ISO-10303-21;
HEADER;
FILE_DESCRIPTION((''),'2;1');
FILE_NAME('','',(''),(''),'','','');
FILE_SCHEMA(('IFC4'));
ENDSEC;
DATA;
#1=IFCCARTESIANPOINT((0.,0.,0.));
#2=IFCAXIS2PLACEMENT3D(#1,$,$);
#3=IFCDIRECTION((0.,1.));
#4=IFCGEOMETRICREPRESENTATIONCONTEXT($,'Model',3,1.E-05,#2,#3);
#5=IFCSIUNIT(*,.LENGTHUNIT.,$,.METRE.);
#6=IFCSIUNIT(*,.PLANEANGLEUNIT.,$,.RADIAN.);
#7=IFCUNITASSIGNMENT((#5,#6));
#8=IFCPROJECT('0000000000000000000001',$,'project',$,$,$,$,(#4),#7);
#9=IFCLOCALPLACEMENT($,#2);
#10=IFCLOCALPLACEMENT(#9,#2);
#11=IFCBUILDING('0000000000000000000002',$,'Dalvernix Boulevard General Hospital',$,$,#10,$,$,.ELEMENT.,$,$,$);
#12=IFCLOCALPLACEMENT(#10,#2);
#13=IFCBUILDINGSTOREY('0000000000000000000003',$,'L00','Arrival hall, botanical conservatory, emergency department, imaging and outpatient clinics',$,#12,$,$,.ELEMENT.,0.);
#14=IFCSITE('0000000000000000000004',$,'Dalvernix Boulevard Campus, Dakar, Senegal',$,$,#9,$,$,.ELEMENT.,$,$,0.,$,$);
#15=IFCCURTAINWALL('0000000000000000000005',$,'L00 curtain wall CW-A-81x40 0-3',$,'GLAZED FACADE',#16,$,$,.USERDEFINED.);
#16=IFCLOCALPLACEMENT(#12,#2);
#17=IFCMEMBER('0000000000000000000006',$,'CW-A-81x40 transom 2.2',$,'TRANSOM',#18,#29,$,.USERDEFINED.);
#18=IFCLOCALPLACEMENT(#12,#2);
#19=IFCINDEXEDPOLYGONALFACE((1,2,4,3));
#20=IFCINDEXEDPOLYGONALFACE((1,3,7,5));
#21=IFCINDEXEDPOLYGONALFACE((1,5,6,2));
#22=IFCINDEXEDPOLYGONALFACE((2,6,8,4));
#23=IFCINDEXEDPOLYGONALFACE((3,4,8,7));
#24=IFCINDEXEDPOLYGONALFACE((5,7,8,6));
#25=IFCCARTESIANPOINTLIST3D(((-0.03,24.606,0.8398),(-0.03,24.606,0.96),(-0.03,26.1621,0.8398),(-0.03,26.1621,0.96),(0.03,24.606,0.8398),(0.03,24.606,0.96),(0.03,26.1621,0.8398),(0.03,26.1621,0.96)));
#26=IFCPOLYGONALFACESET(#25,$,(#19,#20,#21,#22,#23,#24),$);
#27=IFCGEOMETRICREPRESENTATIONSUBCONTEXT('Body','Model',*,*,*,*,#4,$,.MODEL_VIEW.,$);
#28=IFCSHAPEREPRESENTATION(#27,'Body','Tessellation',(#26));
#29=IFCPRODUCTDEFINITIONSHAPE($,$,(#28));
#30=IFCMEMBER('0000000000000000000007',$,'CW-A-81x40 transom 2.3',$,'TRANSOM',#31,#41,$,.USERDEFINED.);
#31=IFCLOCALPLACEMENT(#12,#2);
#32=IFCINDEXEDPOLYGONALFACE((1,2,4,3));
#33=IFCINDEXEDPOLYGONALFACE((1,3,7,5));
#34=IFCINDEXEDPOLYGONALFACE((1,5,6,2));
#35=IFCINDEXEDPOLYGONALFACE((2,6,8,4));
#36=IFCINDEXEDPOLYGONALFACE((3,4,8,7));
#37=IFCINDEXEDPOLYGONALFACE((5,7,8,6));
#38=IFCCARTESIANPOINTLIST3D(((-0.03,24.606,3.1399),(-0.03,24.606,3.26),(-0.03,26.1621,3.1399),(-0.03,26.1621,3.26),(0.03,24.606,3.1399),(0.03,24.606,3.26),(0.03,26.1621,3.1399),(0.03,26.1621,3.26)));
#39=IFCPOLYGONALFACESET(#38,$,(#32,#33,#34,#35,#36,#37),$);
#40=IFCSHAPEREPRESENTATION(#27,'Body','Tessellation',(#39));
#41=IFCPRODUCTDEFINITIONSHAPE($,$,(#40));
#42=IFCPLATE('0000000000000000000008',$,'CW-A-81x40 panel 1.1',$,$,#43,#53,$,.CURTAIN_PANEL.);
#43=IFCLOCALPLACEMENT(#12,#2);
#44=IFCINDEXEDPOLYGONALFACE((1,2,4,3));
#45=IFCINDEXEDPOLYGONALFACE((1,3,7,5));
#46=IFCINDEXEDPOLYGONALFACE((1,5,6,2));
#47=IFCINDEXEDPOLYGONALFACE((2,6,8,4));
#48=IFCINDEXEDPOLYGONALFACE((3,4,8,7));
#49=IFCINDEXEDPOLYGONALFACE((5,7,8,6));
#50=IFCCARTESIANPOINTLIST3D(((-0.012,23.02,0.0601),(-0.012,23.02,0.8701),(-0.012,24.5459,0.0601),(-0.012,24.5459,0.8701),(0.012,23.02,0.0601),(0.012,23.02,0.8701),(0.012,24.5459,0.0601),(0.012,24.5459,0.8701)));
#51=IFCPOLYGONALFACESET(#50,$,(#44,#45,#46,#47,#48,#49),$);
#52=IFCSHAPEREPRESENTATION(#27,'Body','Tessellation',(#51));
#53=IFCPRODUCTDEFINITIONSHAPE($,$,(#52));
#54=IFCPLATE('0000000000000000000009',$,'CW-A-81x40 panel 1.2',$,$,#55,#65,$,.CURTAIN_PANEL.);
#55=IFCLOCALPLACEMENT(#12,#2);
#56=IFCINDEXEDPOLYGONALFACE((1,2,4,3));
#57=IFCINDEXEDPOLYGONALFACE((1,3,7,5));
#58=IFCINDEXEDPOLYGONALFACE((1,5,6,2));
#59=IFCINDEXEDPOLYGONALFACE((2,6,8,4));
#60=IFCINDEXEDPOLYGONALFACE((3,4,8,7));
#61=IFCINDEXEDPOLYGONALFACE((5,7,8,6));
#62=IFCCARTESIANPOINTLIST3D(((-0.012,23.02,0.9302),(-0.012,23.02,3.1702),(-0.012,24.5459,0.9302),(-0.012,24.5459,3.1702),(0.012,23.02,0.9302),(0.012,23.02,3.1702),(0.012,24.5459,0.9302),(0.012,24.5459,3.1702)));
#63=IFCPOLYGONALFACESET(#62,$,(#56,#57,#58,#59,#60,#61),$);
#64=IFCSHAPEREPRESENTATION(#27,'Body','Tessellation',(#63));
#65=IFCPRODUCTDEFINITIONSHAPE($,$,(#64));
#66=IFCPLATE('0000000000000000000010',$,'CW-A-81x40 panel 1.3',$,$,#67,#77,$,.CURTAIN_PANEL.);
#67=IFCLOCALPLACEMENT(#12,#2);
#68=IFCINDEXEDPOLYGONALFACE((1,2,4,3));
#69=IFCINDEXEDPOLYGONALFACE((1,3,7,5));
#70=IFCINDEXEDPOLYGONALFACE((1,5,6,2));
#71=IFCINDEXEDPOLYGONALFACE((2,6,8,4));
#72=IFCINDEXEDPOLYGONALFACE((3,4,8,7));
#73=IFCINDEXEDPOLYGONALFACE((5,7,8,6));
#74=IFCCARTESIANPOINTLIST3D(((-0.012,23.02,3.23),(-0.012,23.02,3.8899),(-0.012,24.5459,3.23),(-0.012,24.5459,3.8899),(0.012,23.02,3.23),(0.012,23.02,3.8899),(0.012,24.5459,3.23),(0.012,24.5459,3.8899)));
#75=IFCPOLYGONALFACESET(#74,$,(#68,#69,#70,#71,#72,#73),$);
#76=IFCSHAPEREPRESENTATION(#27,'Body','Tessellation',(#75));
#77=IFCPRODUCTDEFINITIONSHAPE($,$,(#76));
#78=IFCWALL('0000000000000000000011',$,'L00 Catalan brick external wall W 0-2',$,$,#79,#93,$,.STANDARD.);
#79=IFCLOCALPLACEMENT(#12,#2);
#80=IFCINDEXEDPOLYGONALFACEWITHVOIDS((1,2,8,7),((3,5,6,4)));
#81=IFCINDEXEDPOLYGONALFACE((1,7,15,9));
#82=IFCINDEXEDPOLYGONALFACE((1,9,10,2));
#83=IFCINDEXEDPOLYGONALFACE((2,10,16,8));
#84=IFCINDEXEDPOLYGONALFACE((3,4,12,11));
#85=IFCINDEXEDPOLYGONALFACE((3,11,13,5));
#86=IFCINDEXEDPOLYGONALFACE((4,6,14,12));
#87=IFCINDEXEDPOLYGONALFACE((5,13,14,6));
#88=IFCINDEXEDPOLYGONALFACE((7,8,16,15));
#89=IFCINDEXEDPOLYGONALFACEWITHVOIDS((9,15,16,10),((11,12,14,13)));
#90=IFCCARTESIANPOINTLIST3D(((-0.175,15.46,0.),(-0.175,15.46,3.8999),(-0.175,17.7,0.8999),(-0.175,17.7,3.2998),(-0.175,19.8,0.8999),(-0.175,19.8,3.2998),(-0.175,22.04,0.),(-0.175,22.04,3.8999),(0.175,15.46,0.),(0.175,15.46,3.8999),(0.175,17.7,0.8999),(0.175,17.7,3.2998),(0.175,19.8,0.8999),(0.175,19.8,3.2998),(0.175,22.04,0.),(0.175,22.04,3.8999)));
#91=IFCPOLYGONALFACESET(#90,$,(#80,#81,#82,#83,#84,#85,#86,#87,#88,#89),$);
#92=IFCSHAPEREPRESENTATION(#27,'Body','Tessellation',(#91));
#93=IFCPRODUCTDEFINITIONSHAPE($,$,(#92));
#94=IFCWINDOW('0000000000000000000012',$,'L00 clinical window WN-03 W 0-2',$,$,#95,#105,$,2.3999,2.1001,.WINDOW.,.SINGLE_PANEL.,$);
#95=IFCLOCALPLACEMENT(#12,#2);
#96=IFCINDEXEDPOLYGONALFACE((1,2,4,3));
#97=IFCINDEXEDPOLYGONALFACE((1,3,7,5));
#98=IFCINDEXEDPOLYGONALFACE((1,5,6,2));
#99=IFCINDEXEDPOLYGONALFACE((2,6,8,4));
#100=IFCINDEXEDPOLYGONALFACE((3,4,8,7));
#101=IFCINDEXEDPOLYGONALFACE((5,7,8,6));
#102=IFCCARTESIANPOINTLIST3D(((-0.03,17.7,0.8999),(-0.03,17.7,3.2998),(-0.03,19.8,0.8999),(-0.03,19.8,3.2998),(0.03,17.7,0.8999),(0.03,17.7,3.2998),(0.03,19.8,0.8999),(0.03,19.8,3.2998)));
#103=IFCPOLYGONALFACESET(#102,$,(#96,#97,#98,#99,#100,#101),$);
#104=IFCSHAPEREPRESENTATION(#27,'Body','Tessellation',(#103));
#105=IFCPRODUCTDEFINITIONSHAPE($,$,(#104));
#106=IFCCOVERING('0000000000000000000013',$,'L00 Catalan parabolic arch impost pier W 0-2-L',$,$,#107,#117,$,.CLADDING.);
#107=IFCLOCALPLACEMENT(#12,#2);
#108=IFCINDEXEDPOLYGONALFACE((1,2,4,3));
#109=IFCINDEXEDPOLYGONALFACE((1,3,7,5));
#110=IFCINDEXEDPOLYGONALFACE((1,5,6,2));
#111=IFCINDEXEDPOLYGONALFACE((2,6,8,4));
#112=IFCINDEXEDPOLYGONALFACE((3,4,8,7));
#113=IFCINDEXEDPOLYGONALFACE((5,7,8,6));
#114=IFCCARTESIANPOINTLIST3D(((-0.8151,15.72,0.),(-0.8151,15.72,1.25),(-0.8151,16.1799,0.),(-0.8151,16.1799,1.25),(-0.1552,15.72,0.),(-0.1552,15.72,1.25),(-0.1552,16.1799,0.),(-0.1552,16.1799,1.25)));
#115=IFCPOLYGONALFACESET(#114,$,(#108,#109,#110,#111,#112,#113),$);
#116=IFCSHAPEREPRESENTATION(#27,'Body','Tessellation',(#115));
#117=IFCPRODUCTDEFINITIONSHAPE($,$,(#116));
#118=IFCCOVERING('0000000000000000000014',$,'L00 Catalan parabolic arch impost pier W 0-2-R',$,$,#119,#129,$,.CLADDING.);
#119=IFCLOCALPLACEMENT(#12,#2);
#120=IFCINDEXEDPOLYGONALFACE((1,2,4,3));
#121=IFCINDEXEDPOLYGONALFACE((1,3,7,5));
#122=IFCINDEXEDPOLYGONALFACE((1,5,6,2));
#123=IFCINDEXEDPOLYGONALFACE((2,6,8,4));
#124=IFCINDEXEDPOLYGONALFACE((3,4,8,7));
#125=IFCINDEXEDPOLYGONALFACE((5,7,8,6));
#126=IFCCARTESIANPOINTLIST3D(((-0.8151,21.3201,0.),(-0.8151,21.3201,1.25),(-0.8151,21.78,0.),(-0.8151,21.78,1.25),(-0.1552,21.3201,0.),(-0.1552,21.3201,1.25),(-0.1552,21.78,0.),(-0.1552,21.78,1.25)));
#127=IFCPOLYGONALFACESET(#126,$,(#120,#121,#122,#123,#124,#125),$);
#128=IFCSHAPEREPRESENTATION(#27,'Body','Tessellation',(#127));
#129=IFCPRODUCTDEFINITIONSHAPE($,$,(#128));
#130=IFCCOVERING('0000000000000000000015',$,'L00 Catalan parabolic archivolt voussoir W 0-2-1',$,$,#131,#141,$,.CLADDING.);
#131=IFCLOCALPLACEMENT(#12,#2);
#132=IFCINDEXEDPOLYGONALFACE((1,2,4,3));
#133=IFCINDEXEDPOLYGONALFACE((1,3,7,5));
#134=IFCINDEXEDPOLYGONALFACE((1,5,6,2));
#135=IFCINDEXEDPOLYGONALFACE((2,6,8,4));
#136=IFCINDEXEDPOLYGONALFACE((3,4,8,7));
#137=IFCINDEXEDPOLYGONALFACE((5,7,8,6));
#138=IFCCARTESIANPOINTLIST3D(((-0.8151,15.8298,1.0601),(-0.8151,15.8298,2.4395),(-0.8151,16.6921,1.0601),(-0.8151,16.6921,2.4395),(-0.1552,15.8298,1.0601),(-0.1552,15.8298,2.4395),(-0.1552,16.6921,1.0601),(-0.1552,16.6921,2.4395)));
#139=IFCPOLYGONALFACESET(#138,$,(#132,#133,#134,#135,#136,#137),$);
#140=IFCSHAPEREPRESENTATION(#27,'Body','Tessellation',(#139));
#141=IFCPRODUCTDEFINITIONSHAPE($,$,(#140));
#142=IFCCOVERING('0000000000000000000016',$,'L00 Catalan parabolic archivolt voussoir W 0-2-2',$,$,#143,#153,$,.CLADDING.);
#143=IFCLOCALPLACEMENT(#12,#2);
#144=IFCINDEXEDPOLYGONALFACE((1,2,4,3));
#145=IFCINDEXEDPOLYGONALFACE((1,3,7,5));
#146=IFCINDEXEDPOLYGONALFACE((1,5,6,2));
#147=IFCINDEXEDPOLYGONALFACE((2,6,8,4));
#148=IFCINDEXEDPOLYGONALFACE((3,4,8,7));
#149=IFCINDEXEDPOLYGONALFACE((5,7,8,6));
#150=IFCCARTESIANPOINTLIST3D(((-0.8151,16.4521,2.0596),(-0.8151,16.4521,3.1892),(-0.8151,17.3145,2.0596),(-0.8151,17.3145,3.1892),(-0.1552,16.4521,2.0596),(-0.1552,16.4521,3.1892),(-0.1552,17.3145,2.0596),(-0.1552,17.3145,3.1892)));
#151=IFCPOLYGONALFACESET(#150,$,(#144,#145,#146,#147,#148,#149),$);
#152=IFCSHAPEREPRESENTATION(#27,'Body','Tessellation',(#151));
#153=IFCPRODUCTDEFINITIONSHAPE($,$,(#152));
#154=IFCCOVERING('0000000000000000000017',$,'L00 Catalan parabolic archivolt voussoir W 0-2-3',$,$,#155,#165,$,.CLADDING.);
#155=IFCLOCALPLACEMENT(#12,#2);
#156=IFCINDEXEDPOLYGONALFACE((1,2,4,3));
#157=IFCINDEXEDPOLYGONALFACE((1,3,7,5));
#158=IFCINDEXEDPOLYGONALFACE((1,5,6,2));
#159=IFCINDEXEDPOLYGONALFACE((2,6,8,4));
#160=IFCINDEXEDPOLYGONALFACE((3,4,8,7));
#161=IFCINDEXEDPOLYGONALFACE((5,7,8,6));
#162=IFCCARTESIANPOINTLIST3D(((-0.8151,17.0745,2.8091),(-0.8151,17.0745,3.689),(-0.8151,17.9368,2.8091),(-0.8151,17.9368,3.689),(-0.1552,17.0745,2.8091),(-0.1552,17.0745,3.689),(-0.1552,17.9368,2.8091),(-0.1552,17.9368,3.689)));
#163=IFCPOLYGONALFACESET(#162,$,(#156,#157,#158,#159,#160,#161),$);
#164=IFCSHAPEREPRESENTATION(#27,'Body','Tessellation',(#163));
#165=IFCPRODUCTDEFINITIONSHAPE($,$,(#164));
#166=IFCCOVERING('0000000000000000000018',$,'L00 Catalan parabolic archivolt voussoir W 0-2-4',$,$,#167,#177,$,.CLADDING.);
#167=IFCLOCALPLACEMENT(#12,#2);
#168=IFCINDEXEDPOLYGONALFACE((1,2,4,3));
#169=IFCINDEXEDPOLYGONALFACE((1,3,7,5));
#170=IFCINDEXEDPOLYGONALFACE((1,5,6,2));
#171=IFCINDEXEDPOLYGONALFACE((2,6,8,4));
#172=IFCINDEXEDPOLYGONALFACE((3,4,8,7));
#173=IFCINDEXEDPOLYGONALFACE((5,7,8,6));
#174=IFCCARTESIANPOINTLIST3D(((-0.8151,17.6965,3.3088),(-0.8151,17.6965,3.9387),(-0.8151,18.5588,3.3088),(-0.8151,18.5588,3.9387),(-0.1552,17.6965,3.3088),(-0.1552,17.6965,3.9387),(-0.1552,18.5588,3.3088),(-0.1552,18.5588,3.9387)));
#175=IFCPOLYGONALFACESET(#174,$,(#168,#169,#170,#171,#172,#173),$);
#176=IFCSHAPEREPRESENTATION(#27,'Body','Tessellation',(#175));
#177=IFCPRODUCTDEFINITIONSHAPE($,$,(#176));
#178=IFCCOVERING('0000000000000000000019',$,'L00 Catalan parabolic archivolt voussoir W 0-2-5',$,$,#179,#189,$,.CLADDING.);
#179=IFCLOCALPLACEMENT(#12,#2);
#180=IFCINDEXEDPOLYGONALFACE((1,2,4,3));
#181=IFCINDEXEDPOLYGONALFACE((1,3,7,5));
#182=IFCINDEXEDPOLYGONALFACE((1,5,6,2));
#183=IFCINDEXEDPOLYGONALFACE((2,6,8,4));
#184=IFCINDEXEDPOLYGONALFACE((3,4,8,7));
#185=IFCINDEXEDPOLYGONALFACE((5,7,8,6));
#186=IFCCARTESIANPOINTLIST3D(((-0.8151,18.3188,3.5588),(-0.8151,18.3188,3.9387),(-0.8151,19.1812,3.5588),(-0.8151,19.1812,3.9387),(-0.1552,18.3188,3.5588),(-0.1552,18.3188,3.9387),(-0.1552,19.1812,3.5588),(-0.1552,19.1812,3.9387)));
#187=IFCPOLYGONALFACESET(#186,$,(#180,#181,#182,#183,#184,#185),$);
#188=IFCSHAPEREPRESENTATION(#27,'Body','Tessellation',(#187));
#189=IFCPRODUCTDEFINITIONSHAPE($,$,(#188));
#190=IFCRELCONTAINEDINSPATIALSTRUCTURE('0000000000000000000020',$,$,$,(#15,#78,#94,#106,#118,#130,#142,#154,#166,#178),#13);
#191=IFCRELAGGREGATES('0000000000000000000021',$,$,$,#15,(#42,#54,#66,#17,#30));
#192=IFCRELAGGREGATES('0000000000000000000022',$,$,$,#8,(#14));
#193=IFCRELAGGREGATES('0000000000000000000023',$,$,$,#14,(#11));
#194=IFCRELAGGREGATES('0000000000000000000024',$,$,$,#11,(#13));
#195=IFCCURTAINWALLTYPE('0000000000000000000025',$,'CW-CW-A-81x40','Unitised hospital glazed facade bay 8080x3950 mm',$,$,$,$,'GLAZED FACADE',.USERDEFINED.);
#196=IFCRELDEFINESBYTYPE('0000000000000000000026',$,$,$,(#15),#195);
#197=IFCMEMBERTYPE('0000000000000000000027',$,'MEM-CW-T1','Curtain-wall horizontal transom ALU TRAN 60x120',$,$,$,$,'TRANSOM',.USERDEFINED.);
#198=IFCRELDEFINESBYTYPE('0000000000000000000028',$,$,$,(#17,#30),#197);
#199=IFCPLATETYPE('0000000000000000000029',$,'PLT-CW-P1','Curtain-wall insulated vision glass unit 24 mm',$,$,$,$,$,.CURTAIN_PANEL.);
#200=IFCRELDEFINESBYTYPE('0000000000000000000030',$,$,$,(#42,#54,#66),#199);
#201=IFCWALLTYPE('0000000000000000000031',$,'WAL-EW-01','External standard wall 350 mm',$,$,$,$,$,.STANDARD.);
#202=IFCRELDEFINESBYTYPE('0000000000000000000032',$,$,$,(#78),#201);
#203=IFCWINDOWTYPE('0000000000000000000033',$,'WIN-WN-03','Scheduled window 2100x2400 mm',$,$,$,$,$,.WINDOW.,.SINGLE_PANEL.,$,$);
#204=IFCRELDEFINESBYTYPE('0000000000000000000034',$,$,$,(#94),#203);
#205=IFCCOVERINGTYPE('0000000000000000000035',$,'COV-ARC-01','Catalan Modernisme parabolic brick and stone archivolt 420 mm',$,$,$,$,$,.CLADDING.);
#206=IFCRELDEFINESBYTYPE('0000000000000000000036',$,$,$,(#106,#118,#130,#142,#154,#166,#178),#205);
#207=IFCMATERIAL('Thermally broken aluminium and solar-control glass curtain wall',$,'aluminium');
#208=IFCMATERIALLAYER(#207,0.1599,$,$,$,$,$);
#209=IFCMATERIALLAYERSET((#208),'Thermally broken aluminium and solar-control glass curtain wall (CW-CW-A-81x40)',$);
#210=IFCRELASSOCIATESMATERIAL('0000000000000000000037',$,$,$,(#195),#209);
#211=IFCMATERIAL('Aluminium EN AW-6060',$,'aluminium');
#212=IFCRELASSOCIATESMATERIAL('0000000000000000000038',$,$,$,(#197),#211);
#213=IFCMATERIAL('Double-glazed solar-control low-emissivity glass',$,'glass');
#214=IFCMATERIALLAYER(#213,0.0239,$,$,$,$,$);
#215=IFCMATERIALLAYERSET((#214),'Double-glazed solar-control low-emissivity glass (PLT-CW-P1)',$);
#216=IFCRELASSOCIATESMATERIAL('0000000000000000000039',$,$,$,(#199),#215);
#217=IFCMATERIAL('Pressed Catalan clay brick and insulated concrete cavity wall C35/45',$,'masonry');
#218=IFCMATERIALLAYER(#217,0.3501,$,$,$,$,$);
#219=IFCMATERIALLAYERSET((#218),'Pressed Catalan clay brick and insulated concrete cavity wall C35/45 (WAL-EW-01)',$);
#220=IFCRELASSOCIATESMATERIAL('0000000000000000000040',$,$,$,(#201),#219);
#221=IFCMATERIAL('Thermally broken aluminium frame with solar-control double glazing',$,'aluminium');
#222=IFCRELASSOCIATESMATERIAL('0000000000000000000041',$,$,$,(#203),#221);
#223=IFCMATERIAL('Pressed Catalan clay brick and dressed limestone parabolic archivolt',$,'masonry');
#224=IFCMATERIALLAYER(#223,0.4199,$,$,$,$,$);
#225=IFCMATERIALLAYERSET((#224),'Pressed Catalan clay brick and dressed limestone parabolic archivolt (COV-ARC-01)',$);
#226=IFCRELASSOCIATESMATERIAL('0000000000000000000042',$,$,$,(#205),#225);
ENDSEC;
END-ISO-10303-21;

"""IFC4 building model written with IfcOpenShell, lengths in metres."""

from ifc_helpers import new_model, si_unit, direction, frame, frame_2d, origin, origin_2d, place, context, subcontext, project, spatial, rectangle, extrude, material, layer, layer_set, material_profile, profile_set, type_object, element, fill, aggregate, save


model = new_model("IFC4")

# Units and contexts
model_context = context("Model", 3, precision=1e-05, world=origin(), true_north=direction((0.0, 1.0)))
body_context = subcontext(model_context, "Body", "Model", "MODEL_VIEW")
ifc_project = project(units=[si_unit("LENGTHUNIT", "METRE"), si_unit("PLANEANGLEUNIT", "RADIAN")], contexts=[model_context])

# Site, building, storey
site_placement = place(None, origin())
site = spatial("IfcSite", under=ifc_project, at=site_placement, Name="Dalvernix Boulevard Campus, Dakar, Senegal", CompositionType="ELEMENT", RefElevation=0.0)
building_placement = place(site_placement, origin())
building = spatial("IfcBuilding", under=site, at=building_placement, Name="Dalvernix Boulevard General Hospital", CompositionType="ELEMENT")
storey_placement = place(building_placement, origin())
storey = spatial("IfcBuildingStorey", under=building, at=storey_placement, Name="L00", Description="Arrival hall, botanical conservatory, emergency department, imaging and outpatient clinics", CompositionType="ELEMENT", Elevation=0.0)

# Curtain wall, members, plates
ifc_material_1 = material(Name="Thermally broken aluminium and solar-control glass curtain wall", Category="aluminium")
ifc_layer_1 = layer(ifc_material_1, 0.1599)
ifc_layer_set_1 = layer_set([ifc_layer_1], Name="Thermally broken aluminium and solar-control glass curtain wall (CW-CW-A-81x40)")
curtain_wall_type = type_object("IfcCurtainWallType", Name="CW-CW-A-81x40", Description="Unitised hospital glazed facade bay 8080x3950 mm", ElementType="GLAZED FACADE", PredefinedType="USERDEFINED", material=ifc_layer_set_1)
curtain_wall_placement = place(storey_placement, origin())
curtain_wall = element("IfcCurtainWall", 1, at=curtain_wall_placement, inside=storey, type_object=curtain_wall_type, Name="L00 curtain wall CW-A-81x40 0-3", ObjectType="GLAZED FACADE", PredefinedType="USERDEFINED")
ifc_material_2 = material(Name="Aluminium EN AW-6060", Category="aluminium")
ifc_material_profile_1 = material_profile(ifc_material_2, rectangle(XDim=0.0601, YDim=0.1201, at=origin_2d()), Name="ALU TRAN 60x120")
ifc_profile_set_1 = profile_set([ifc_material_profile_1], Name="Aluminium EN AW-6060")
member_type_1 = type_object("IfcMemberType", Name="MEM-CW-T1", Description="Curtain-wall horizontal transom ALU TRAN 60x120", ElementType="TRANSOM", PredefinedType="USERDEFINED", material=ifc_profile_set_1)
member_1_placement = place(storey_placement, frame((0.0, 24.606, 0.8999), z_axis=(0.0, 1.0, 0.0), x_axis=(-1.0, 0.0, 0.0)))
member_1 = element("IfcMember", 2, at=member_1_placement, type_object=member_type_1, Name="CW-A-81x40 transom 2.2", ObjectType="TRANSOM", PredefinedType="USERDEFINED", context=body_context, shape_type="SweptSolid", body=[
    extrude(rectangle(XDim=0.0601, YDim=0.1201, at=origin_2d()), origin(), (0.0, 0.0, 1.0), 1.5562),
])
member_2_placement = place(storey_placement, frame((0.0, 24.606, 3.2), z_axis=(0.0, 1.0, 0.0), x_axis=(-1.0, 0.0, 0.0)))
member_2 = element("IfcMember", 3, at=member_2_placement, type_object=member_type_1, Name="CW-A-81x40 transom 2.3", ObjectType="TRANSOM", PredefinedType="USERDEFINED", context=body_context, shape_type="SweptSolid", body=[
    extrude(rectangle(XDim=0.0601, YDim=0.1201, at=origin_2d()), origin(), (0.0, 0.0, 1.0), 1.5562),
])
ifc_material_3 = material(Name="Double-glazed solar-control low-emissivity glass", Category="glass")
ifc_layer_2 = layer(ifc_material_3, 0.0239)
ifc_layer_set_2 = layer_set([ifc_layer_2], Name="Double-glazed solar-control low-emissivity glass (PLT-CW-P1)")
plate_type = type_object("IfcPlateType", Name="PLT-CW-P1", Description="Curtain-wall insulated vision glass unit 24 mm", PredefinedType="CURTAIN_PANEL", material=ifc_layer_set_2)
plate_1_placement = place(storey_placement, frame((0.0, 23.783, 0.0601), z_axis=(0.0, 0.0, 1.0), x_axis=(0.0, 1.0, 0.0)))
plate_1 = element("IfcPlate", 4, at=plate_1_placement, type_object=plate_type, Name="CW-A-81x40 panel 1.1", PredefinedType="CURTAIN_PANEL", context=body_context, shape_type="SweptSolid", body=[
    extrude(rectangle(XDim=1.5259, YDim=0.0239, at=origin_2d()), origin(), (0.0, 0.0, 1.0), 0.8101),
])
plate_2_placement = place(storey_placement, frame((0.0, 23.783, 0.9302), z_axis=(0.0, 0.0, 1.0), x_axis=(0.0, 1.0, 0.0)))
plate_2 = element("IfcPlate", 5, at=plate_2_placement, type_object=plate_type, Name="CW-A-81x40 panel 1.2", PredefinedType="CURTAIN_PANEL", context=body_context, shape_type="SweptSolid", body=[
    extrude(rectangle(XDim=1.5259, YDim=0.0239, at=origin_2d()), origin(), (0.0, 0.0, 1.0), 2.24),
])
plate_3_placement = place(storey_placement, frame((0.0, 23.783, 3.23), z_axis=(0.0, 0.0, 1.0), x_axis=(0.0, 1.0, 0.0)))
plate_3 = element("IfcPlate", 6, at=plate_3_placement, type_object=plate_type, Name="CW-A-81x40 panel 1.3", PredefinedType="CURTAIN_PANEL", context=body_context, shape_type="SweptSolid", body=[
    extrude(rectangle(XDim=1.5259, YDim=0.0239, at=origin_2d()), origin(), (0.0, 0.0, 1.0), 0.6599),
])
aggregate(curtain_wall, [plate_1, plate_2, plate_3, member_1, member_2])

# Wall, opening, window
ifc_material_4 = material(Name="Pressed Catalan clay brick and insulated concrete cavity wall C35/45", Category="masonry")
ifc_layer_3 = layer(ifc_material_4, 0.3501)
ifc_layer_set_3 = layer_set([ifc_layer_3], Name="Pressed Catalan clay brick and insulated concrete cavity wall C35/45 (WAL-EW-01)")
wall_type = type_object("IfcWallType", Name="WAL-EW-01", Description="External standard wall 350 mm", PredefinedType="STANDARD", material=ifc_layer_set_3)
wall_placement = place(storey_placement, frame((0.0, 15.46, 0.0), z_axis=(0.0, 0.0, 1.0), x_axis=(0.0, 1.0, 0.0)))
wall = element("IfcWall", 7, at=wall_placement, inside=storey, type_object=wall_type, Name="L00 Catalan brick external wall W 0-2", PredefinedType="STANDARD", context=body_context, shape_type="SweptSolid", body=[
    extrude(rectangle(XDim=6.5801, YDim=0.3501, at=frame_2d((3.29, 0.0))), origin(), (0.0, 0.0, 1.0), 3.8999),
])
opening_placement = place(wall_placement, frame((2.24, 0.0, 0.8999)))
opening = element("IfcOpeningElement", 8, at=opening_placement, cuts=wall, PredefinedType="OPENING", context=body_context, shape_type="SweptSolid", body=[
    extrude(rectangle(XDim=2.1001, YDim=2.3999, at=frame_2d((1.05, 1.2))), frame((0.0, 0.1851, 0.0), z_axis=(0.0, -1.0, 0.0), x_axis=(1.0, 0.0, 0.0)), (0.0, 0.0, 1.0), 0.3701),
])
ifc_material_5 = material(Name="Thermally broken aluminium frame with solar-control double glazing", Category="aluminium")
window_type = type_object("IfcWindowType", Name="WIN-WN-03", Description="Scheduled window 2100x2400 mm", PartitioningType="SINGLE_PANEL", PredefinedType="WINDOW", material=ifc_material_5)
window_placement = place(opening_placement, origin())
window = element("IfcWindow", 9, at=window_placement, inside=storey, type_object=window_type, Name="L00 clinical window WN-03 W 0-2", OverallHeight=2.3999, OverallWidth=2.1001, PartitioningType="SINGLE_PANEL", PredefinedType="WINDOW", context=body_context, shape_type="SweptSolid", body=[
    extrude(rectangle(XDim=2.1001, YDim=2.3999, at=frame_2d((1.05, 1.2))), frame((0.0, 0.03, 0.0), z_axis=(0.0, -1.0, 0.0), x_axis=(1.0, 0.0, 0.0)), (0.0, 0.0, 1.0), 0.0601),
])
fill(opening, window)

# Coverings
ifc_material_6 = material(Name="Pressed Catalan clay brick and dressed limestone parabolic archivolt", Category="masonry")
ifc_layer_4 = layer(ifc_material_6, 0.4199)
ifc_layer_set_4 = layer_set([ifc_layer_4], Name="Pressed Catalan clay brick and dressed limestone parabolic archivolt (COV-ARC-01)")
covering_type_1 = type_object("IfcCoveringType", Name="COV-ARC-01", Description="Catalan Modernisme parabolic brick and stone archivolt 420 mm", PredefinedType="CLADDING", material=ifc_layer_set_4)
for number, where, z_axis, x_axis, name in (
    (10, (-0.4851, 15.95, 0.0), (0.0, 0.0, 1.0), (0.0, 1.0, 0.0), "L00 Catalan parabolic arch impost pier W 0-2-L"),
    (11, (-0.4851, 21.55, 0.0), (0.0, 0.0, 1.0), (0.0, 1.0, 0.0), "L00 Catalan parabolic arch impost pier W 0-2-R"),
):
    element("IfcCovering", number, at=place(storey_placement, frame(where, z_axis=z_axis, x_axis=x_axis)), inside=storey, type_object=covering_type_1, Name=name, PredefinedType="CLADDING", context=body_context, shape_type="SweptSolid", body=[
        extrude(rectangle(XDim=0.46, YDim=0.6599, at=origin_2d()), origin(), (0.0, 0.0, 1.0), 1.25),
    ])
covering_1_placement = place(storey_placement, frame((-0.4851, 16.261, 1.0601), z_axis=(0.0, 0.0, 1.0), x_axis=(0.0, 1.0, 0.0)))
element("IfcCovering", 12, at=covering_1_placement, inside=storey, type_object=covering_type_1, Name="L00 Catalan parabolic archivolt voussoir W 0-2-1", PredefinedType="CLADDING", context=body_context, shape_type="SweptSolid", body=[
    extrude(rectangle(XDim=0.8623, YDim=0.6599, at=origin_2d()), origin(), (0.0, 0.0, 1.0), 1.3794),
])
covering_2_placement = place(storey_placement, frame((-0.4851, 16.8833, 2.0596), z_axis=(0.0, 0.0, 1.0), x_axis=(0.0, 1.0, 0.0)))
element("IfcCovering", 13, at=covering_2_placement, inside=storey, type_object=covering_type_1, Name="L00 Catalan parabolic archivolt voussoir W 0-2-2", PredefinedType="CLADDING", context=body_context, shape_type="SweptSolid", body=[
    extrude(rectangle(XDim=0.8623, YDim=0.6599, at=origin_2d()), origin(), (0.0, 0.0, 1.0), 1.1296),
])
covering_3_placement = place(storey_placement, frame((-0.4851, 17.5056, 2.8091), z_axis=(0.0, 0.0, 1.0), x_axis=(0.0, 1.0, 0.0)))
element("IfcCovering", 14, at=covering_3_placement, inside=storey, type_object=covering_type_1, Name="L00 Catalan parabolic archivolt voussoir W 0-2-3", PredefinedType="CLADDING", context=body_context, shape_type="SweptSolid", body=[
    extrude(rectangle(XDim=0.8623, YDim=0.6599, at=origin_2d()), origin(), (0.0, 0.0, 1.0), 0.8799),
])
covering_4_placement = place(storey_placement, frame((-0.4851, 18.1277, 3.3088), z_axis=(0.0, 0.0, 1.0), x_axis=(0.0, 1.0, 0.0)))
element("IfcCovering", 15, at=covering_4_placement, inside=storey, type_object=covering_type_1, Name="L00 Catalan parabolic archivolt voussoir W 0-2-4", PredefinedType="CLADDING", context=body_context, shape_type="SweptSolid", body=[
    extrude(rectangle(XDim=0.8623, YDim=0.6599, at=origin_2d()), origin(), (0.0, 0.0, 1.0), 0.6299),
])
covering_5_placement = place(storey_placement, frame((-0.4851, 18.75, 3.5588), z_axis=(0.0, 0.0, 1.0), x_axis=(0.0, 1.0, 0.0)))
element("IfcCovering", 16, at=covering_5_placement, inside=storey, type_object=covering_type_1, Name="L00 Catalan parabolic archivolt voussoir W 0-2-5", PredefinedType="CLADDING", context=body_context, shape_type="SweptSolid", body=[
    extrude(rectangle(XDim=0.8623, YDim=0.6599, at=origin_2d()), origin(), (0.0, 0.0, 1.0), 0.3799),
])

save(model, "model.ifc")
